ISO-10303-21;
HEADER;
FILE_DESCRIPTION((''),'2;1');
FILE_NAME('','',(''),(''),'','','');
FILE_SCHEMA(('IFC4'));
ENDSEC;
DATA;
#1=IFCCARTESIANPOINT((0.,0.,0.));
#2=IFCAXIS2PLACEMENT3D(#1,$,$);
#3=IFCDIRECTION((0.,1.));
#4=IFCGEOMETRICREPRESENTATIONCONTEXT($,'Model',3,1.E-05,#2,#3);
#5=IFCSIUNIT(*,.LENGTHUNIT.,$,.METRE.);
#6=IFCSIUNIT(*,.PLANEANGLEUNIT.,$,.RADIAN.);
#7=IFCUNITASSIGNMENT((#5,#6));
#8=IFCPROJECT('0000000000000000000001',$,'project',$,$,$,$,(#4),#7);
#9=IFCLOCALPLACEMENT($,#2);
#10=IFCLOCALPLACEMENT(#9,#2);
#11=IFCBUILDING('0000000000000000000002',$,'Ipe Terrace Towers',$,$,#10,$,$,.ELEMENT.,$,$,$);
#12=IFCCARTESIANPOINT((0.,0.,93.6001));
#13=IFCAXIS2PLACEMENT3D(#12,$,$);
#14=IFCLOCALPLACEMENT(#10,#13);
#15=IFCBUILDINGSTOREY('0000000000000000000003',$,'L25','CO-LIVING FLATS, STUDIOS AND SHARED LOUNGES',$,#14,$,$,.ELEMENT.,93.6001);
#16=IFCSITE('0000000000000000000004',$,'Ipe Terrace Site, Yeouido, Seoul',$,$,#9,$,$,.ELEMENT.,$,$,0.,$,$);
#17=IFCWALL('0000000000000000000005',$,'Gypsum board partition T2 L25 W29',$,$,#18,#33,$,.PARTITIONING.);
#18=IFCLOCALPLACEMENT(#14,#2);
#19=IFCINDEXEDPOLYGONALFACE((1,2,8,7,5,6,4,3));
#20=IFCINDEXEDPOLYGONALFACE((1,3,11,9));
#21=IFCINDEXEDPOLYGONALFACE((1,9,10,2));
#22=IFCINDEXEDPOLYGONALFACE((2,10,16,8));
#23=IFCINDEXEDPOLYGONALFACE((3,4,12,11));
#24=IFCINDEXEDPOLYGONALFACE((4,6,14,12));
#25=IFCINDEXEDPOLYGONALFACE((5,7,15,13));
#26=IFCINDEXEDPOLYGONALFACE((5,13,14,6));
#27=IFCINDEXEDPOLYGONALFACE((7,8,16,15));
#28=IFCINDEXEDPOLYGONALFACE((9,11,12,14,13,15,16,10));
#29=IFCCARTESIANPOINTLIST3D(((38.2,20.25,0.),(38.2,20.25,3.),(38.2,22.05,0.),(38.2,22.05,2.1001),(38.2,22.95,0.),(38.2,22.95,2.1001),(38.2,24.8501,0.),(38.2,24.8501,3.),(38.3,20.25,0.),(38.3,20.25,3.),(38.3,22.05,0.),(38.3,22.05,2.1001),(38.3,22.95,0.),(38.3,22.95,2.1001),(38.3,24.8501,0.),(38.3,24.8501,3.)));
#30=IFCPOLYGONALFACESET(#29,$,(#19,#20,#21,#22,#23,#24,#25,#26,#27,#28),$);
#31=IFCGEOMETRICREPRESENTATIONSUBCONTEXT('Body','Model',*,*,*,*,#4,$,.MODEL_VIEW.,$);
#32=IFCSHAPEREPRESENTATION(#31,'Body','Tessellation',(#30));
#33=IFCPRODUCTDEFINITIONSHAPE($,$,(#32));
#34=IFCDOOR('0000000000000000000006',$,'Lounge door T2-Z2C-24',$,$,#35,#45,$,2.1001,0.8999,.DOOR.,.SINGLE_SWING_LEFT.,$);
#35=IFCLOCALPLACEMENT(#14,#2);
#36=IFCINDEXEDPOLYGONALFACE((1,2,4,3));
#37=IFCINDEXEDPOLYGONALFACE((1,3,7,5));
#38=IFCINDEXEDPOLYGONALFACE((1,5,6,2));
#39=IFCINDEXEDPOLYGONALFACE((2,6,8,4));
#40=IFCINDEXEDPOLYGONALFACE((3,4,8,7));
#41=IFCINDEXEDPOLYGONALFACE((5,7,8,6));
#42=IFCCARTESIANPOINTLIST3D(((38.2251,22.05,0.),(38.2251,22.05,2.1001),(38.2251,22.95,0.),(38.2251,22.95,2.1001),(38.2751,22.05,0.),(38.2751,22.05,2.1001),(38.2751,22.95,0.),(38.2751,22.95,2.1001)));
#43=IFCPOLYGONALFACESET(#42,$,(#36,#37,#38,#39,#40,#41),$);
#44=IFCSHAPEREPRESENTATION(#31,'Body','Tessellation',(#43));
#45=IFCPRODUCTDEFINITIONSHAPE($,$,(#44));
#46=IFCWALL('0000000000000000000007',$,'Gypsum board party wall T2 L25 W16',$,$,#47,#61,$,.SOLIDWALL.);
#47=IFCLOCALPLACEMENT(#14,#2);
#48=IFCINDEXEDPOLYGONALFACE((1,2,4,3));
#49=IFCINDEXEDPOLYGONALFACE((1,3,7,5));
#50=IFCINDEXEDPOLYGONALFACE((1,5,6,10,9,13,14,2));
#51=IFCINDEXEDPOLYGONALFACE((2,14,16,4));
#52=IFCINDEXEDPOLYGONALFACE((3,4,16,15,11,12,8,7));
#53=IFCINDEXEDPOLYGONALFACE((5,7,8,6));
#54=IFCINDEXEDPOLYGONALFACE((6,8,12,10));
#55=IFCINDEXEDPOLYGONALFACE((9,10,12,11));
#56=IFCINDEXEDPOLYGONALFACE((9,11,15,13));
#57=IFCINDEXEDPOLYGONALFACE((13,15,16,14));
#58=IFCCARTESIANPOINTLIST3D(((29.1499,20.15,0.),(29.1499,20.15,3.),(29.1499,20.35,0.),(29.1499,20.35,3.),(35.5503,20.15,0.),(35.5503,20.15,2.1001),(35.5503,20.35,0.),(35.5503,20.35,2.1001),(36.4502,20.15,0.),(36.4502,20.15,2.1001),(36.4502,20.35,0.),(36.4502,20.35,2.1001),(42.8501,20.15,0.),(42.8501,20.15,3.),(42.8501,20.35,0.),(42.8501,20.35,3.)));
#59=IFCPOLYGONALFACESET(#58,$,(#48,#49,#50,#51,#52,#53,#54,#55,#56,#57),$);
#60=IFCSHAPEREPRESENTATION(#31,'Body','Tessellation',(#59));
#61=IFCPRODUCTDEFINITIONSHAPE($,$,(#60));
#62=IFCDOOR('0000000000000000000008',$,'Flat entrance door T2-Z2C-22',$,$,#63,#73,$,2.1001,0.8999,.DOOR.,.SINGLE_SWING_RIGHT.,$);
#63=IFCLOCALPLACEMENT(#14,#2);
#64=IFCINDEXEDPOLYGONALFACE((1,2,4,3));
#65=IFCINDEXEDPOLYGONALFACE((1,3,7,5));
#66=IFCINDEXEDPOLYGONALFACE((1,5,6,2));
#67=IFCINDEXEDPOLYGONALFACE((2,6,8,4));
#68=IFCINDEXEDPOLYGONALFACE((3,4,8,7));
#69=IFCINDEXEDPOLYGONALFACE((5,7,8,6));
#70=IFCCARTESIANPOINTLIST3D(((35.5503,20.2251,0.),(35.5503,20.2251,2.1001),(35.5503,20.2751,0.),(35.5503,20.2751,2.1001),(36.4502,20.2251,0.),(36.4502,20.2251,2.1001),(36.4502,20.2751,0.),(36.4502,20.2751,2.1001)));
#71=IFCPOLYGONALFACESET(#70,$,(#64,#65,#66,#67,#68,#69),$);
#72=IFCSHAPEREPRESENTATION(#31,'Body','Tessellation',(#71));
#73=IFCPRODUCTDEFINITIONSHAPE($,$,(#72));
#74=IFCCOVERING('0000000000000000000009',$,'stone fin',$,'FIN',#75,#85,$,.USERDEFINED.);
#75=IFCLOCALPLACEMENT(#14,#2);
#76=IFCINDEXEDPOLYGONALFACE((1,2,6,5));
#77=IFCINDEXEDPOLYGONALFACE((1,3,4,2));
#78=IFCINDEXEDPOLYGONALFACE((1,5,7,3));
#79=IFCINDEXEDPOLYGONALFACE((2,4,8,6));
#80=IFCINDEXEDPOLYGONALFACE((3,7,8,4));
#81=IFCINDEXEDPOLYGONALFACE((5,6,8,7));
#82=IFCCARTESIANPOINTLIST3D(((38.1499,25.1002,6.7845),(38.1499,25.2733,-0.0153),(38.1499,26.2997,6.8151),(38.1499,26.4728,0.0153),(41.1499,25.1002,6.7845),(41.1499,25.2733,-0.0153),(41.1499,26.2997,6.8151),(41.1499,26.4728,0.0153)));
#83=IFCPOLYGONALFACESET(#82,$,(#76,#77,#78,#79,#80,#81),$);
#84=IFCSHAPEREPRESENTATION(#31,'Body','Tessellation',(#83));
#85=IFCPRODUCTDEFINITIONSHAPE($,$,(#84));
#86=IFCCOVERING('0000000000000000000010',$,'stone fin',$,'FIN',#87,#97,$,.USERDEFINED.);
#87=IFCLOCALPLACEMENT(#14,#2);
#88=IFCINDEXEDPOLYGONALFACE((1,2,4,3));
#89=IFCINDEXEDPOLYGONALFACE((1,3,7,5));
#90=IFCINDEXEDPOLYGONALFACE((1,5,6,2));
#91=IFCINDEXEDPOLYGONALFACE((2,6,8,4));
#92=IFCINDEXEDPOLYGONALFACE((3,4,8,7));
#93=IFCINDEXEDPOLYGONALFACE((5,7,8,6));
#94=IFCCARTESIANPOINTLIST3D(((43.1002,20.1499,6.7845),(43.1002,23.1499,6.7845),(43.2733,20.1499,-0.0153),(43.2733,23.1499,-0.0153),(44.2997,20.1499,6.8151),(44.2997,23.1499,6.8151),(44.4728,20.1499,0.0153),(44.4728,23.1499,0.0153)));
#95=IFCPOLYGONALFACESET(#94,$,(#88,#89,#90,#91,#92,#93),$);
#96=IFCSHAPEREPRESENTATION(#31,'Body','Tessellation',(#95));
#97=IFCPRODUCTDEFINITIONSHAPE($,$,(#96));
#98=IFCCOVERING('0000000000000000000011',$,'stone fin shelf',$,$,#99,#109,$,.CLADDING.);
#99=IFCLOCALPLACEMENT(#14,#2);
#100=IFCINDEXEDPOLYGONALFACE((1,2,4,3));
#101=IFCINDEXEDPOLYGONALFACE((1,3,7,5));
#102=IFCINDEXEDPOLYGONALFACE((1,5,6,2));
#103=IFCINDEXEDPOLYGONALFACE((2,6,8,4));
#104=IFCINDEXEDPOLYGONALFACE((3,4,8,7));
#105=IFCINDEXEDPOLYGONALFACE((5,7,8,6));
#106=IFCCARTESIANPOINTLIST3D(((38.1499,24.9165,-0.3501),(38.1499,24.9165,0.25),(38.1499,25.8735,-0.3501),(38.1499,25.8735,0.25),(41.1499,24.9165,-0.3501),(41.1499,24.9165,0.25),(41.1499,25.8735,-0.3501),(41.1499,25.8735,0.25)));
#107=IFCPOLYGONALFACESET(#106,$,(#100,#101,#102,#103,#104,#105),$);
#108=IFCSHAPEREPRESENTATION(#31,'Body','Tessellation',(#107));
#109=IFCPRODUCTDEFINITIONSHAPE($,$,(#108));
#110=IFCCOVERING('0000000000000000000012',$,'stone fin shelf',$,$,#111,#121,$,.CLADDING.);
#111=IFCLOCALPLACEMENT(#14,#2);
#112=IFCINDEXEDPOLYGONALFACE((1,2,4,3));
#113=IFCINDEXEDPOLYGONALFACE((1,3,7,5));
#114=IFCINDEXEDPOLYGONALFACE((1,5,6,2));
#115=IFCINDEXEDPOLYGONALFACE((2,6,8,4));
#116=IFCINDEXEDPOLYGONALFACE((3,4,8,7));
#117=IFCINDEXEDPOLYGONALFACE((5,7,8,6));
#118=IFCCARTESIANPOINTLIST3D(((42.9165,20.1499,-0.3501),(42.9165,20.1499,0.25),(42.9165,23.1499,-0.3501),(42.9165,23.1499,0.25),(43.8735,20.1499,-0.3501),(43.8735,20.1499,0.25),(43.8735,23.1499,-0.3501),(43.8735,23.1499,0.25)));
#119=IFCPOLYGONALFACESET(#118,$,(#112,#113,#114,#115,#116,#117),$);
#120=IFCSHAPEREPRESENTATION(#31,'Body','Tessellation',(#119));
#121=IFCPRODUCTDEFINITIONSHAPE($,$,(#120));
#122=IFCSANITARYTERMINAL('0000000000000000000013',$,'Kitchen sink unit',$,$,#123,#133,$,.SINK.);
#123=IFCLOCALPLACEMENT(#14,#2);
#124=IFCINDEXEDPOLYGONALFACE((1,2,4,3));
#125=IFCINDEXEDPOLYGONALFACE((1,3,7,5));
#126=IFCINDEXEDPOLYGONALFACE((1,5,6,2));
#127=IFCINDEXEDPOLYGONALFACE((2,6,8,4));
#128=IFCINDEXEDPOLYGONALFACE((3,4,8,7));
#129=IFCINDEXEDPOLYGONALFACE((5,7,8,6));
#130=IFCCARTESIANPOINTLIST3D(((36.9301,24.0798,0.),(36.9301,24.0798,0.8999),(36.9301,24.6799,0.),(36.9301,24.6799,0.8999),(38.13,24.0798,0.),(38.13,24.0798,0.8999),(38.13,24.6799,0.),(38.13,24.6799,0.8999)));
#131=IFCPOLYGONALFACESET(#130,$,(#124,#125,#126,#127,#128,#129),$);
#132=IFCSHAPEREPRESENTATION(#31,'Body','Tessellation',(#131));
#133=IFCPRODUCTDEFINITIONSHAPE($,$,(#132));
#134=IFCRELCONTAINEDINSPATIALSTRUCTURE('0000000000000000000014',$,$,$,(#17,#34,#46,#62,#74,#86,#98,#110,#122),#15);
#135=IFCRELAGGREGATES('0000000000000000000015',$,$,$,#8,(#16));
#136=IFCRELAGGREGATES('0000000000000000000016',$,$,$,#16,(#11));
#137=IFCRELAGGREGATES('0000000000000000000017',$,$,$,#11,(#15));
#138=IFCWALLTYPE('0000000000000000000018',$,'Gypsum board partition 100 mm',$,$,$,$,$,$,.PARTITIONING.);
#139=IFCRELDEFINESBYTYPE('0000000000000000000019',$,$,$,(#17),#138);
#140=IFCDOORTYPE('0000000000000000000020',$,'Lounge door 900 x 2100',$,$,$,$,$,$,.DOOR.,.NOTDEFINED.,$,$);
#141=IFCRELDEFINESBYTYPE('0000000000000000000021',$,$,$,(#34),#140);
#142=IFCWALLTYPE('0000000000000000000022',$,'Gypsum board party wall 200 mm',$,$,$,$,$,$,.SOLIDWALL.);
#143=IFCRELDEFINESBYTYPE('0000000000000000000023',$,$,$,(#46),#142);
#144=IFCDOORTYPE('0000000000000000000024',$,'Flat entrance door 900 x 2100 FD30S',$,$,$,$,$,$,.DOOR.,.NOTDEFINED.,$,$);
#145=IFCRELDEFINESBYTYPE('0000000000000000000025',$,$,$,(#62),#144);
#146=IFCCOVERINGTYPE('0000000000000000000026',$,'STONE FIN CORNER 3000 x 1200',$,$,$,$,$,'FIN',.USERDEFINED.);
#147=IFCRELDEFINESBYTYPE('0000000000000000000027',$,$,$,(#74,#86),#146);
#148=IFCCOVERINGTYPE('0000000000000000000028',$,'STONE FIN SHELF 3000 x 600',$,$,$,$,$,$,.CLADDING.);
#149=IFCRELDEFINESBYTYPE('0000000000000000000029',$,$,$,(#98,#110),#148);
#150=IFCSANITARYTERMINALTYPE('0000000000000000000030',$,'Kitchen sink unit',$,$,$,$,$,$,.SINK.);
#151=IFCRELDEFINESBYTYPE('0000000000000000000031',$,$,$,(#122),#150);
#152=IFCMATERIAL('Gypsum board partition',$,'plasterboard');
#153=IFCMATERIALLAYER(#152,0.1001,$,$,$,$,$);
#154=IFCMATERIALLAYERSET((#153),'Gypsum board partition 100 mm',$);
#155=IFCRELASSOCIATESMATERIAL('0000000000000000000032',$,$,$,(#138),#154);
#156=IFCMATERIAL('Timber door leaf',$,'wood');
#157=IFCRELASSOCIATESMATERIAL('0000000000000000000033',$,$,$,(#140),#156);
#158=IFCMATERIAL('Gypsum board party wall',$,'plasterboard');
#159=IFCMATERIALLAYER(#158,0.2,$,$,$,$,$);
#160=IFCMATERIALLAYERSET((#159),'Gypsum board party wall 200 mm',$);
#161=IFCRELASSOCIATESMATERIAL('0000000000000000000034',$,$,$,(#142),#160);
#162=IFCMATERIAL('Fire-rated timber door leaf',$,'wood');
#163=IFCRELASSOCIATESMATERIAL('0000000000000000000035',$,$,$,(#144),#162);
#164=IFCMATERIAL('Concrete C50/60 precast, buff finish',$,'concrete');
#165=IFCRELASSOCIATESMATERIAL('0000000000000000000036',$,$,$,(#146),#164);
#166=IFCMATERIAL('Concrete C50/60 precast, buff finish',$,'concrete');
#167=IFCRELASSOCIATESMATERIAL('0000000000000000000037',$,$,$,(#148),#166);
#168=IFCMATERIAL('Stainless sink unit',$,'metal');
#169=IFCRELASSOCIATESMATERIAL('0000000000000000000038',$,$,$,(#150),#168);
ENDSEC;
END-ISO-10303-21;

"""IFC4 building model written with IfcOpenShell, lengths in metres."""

from ifc_helpers import new_model, si_unit, direction, frame, frame_2d, origin, origin_2d, place, context, subcontext, project, spatial, rectangle, extrude, material, layer, layer_set, material_profile, profile_set, type_object, element, fill, save


model = new_model("IFC4")

# Units and contexts
model_context = context("Model", 3, precision=1e-05, world=origin(), true_north=direction((0.0, 1.0)))
body_context = subcontext(model_context, "Body", "Model", "MODEL_VIEW")
ifc_project = project(units=[si_unit("LENGTHUNIT", "METRE"), si_unit("PLANEANGLEUNIT", "RADIAN")], contexts=[model_context])

# Site, building, storey
site_placement = place(None, origin())
site = spatial("IfcSite", under=ifc_project, at=site_placement, Name="Ipe Terrace Site, Yeouido, Seoul", CompositionType="ELEMENT", RefElevation=0.0)
building_placement = place(site_placement, origin())
building = spatial("IfcBuilding", under=site, at=building_placement, Name="Ipe Terrace Towers", CompositionType="ELEMENT")
storey_placement = place(building_placement, frame((0.0, 0.0, 93.6001)))
storey = spatial("IfcBuildingStorey", under=building, at=storey_placement, Name="L25", Description="CO-LIVING FLATS, STUDIOS AND SHARED LOUNGES", CompositionType="ELEMENT", Elevation=93.6001)

# Walls, openings, doors
ifc_material_1 = material(Name="Gypsum board partition", Category="plasterboard")
ifc_layer_1 = layer(ifc_material_1, 0.1001)
ifc_layer_set_1 = layer_set([ifc_layer_1], Name="Gypsum board partition 100 mm")
wall_type_1 = type_object("IfcWallType", Name="Gypsum board partition 100 mm", PredefinedType="PARTITIONING", material=ifc_layer_set_1)
wall_1_placement = place(storey_placement, frame((38.25, 20.25, 0.0), z_axis=(0.0, 0.0, 1.0), x_axis=(0.0, 1.0, 0.0)))
wall_1 = element("IfcWall", 1, at=wall_1_placement, inside=storey, type_object=wall_type_1, Name="Gypsum board partition T2 L25 W29", PredefinedType="PARTITIONING", context=body_context, shape_type="SweptSolid", body=[
    extrude(rectangle(XDim=4.6001, YDim=0.1001, at=frame_2d((2.3, 0.0))), origin(), (0.0, 0.0, 1.0), 3.0),
])
opening_1_placement = place(wall_1_placement, frame((1.8, 0.0, 0.0)))
opening_1 = element("IfcOpeningElement", 2, at=opening_1_placement, cuts=wall_1, PredefinedType="OPENING", context=body_context, shape_type="SweptSolid", body=[
    extrude(rectangle(XDim=0.8999, YDim=2.1001, at=frame_2d((0.45, 1.05))), frame((0.0, 0.0601, 0.0), z_axis=(0.0, -1.0, 0.0), x_axis=(1.0, 0.0, 0.0)), (0.0, 0.0, 1.0), 0.1201),
])
ifc_material_2 = material(Name="Timber door leaf", Category="wood")
door_type_1 = type_object("IfcDoorType", Name="Lounge door 900 x 2100", OperationType="NOTDEFINED", PredefinedType="DOOR", material=ifc_material_2)
door_1_placement = place(opening_1_placement, origin())
door_1 = element("IfcDoor", 3, at=door_1_placement, inside=storey, type_object=door_type_1, Name="Lounge door T2-Z2C-24", OperationType="SINGLE_SWING_LEFT", OverallHeight=2.1001, OverallWidth=0.8999, PredefinedType="DOOR", context=body_context, shape_type="SweptSolid", body=[
    extrude(rectangle(XDim=0.8999, YDim=2.1001, at=frame_2d((0.45, 1.05))), frame((0.0, 0.0249, 0.0), z_axis=(0.0, -1.0, 0.0), x_axis=(1.0, 0.0, 0.0)), (0.0, 0.0, 1.0), 0.05),
])
fill(opening_1, door_1)
ifc_material_3 = material(Name="Gypsum board party wall", Category="plasterboard")
ifc_layer_2 = layer(ifc_material_3, 0.2)
ifc_layer_set_2 = layer_set([ifc_layer_2], Name="Gypsum board party wall 200 mm")
wall_type_2 = type_object("IfcWallType", Name="Gypsum board party wall 200 mm", PredefinedType="SOLIDWALL", material=ifc_layer_set_2)
wall_2_placement = place(storey_placement, frame((42.8501, 20.25, 0.0), z_axis=(0.0, 0.0, 1.0), x_axis=(-1.0, 0.0, 0.0)))
wall_2 = element("IfcWall", 4, at=wall_2_placement, inside=storey, type_object=wall_type_2, Name="Gypsum board party wall T2 L25 W16", PredefinedType="SOLIDWALL", context=body_context, shape_type="SweptSolid", body=[
    extrude(rectangle(XDim=13.7002, YDim=0.2, at=frame_2d((6.8501, 0.0))), origin(), (0.0, 0.0, 1.0), 3.0),
])
opening_2_placement = place(wall_2_placement, frame((6.3999, 0.0, 0.0)))
opening_2 = element("IfcOpeningElement", 5, at=opening_2_placement, cuts=wall_2, PredefinedType="OPENING", context=body_context, shape_type="SweptSolid", body=[
    extrude(rectangle(XDim=0.8999, YDim=2.1001, at=frame_2d((0.45, 1.05))), frame((0.0, 0.1099, 0.0), z_axis=(0.0, -1.0, 0.0), x_axis=(1.0, 0.0, 0.0)), (0.0, 0.0, 1.0), 0.22),
])
ifc_material_4 = material(Name="Fire-rated timber door leaf", Category="wood")
door_type_2 = type_object("IfcDoorType", Name="Flat entrance door 900 x 2100 FD30S", OperationType="NOTDEFINED", PredefinedType="DOOR", material=ifc_material_4)
door_2_placement = place(opening_2_placement, origin())
door_2 = element("IfcDoor", 6, at=door_2_placement, inside=storey, type_object=door_type_2, Name="Flat entrance door T2-Z2C-22", OperationType="SINGLE_SWING_RIGHT", OverallHeight=2.1001, OverallWidth=0.8999, PredefinedType="DOOR", context=body_context, shape_type="SweptSolid", body=[
    extrude(rectangle(XDim=0.8999, YDim=2.1001, at=frame_2d((0.45, 1.05))), frame((0.0, 0.0249, 0.0), z_axis=(0.0, -1.0, 0.0), x_axis=(1.0, 0.0, 0.0)), (0.0, 0.0, 1.0), 0.05),
])
fill(opening_2, door_2)

# Coverings
ifc_material_5 = material(Name="Concrete C50/60 precast, buff finish", Category="concrete")
ifc_material_profile_1 = material_profile(ifc_material_5, rectangle(XDim=3.0, YDim=1.2, at=origin_2d()), Name="STONE FIN CORNER 3000 x 1200")
ifc_profile_set_1 = profile_set([ifc_material_profile_1], Name="Concrete C50/60 precast, buff finish")
covering_type_1 = type_object("IfcCoveringType", Name="STONE FIN CORNER 3000 x 1200", ElementType="FIN", PredefinedType="USERDEFINED", material=ifc_profile_set_1)
for number, where, z_axis, x_axis, name in (
    (7, (39.6499, 25.873, 0.0), (0.0, -0.025448, 0.999676), (-1.0, 0.0, 0.0), "stone fin"),
    (8, (43.873, 21.6499, 0.0), (-0.025448, 0.0, 0.999676), (0.0, 1.0, 0.0), "stone fin"),
):
    element("IfcCovering", number, at=place(storey_placement, frame(where, z_axis=z_axis, x_axis=x_axis)), inside=storey, type_object=covering_type_1, Name=name, ObjectType="FIN", PredefinedType="USERDEFINED", context=body_context, shape_type="SweptSolid", body=[
        extrude(rectangle(XDim=3.0, YDim=1.2, at=origin_2d()), origin(), (0.0, 0.0, 1.0), 6.802),
    ])
ifc_material_6 = material(Name="Concrete C50/60 precast, buff finish", Category="concrete")
covering_type_2 = type_object("IfcCoveringType", Name="STONE FIN SHELF 3000 x 600", PredefinedType="CLADDING", material=ifc_material_6)
for number, where, z_axis, x_axis, name in (
    (9, (39.6499, 25.395, -0.3501), (0.0, 0.0, 1.0), (-1.0, 0.0, 0.0), "stone fin shelf"),
    (10, (43.395, 21.6499, -0.3501), (0.0, 0.0, 1.0), (0.0, 1.0, 0.0), "stone fin shelf"),
):
    element("IfcCovering", number, at=place(storey_placement, frame(where, z_axis=z_axis, x_axis=x_axis)), inside=storey, type_object=covering_type_2, Name=name, PredefinedType="CLADDING", context=body_context, shape_type="SweptSolid", body=[
        extrude(rectangle(XDim=3.0, YDim=0.957, at=origin_2d()), origin(), (0.0, 0.0, 1.0), 0.6001),
    ])

# Sanitary terminal
ifc_material_7 = material(Name="Stainless sink unit", Category="metal")
sanitary_terminal_type = type_object("IfcSanitaryTerminalType", Name="Kitchen sink unit", PredefinedType="SINK", material=ifc_material_7)
sanitary_terminal_placement = place(storey_placement, frame((37.53, 24.3799, 0.0), z_axis=(0.0, 0.0, 1.0), x_axis=(1.0, 0.0, 0.0)))
element("IfcSanitaryTerminal", 11, at=sanitary_terminal_placement, inside=storey, type_object=sanitary_terminal_type, Name="Kitchen sink unit", PredefinedType="SINK", context=body_context, shape_type="SweptSolid", body=[
    extrude(rectangle(XDim=1.2, YDim=0.6001, at=origin_2d()), origin(), (0.0, 0.0, 1.0), 0.8999),
])

save(model, "model.ifc")
